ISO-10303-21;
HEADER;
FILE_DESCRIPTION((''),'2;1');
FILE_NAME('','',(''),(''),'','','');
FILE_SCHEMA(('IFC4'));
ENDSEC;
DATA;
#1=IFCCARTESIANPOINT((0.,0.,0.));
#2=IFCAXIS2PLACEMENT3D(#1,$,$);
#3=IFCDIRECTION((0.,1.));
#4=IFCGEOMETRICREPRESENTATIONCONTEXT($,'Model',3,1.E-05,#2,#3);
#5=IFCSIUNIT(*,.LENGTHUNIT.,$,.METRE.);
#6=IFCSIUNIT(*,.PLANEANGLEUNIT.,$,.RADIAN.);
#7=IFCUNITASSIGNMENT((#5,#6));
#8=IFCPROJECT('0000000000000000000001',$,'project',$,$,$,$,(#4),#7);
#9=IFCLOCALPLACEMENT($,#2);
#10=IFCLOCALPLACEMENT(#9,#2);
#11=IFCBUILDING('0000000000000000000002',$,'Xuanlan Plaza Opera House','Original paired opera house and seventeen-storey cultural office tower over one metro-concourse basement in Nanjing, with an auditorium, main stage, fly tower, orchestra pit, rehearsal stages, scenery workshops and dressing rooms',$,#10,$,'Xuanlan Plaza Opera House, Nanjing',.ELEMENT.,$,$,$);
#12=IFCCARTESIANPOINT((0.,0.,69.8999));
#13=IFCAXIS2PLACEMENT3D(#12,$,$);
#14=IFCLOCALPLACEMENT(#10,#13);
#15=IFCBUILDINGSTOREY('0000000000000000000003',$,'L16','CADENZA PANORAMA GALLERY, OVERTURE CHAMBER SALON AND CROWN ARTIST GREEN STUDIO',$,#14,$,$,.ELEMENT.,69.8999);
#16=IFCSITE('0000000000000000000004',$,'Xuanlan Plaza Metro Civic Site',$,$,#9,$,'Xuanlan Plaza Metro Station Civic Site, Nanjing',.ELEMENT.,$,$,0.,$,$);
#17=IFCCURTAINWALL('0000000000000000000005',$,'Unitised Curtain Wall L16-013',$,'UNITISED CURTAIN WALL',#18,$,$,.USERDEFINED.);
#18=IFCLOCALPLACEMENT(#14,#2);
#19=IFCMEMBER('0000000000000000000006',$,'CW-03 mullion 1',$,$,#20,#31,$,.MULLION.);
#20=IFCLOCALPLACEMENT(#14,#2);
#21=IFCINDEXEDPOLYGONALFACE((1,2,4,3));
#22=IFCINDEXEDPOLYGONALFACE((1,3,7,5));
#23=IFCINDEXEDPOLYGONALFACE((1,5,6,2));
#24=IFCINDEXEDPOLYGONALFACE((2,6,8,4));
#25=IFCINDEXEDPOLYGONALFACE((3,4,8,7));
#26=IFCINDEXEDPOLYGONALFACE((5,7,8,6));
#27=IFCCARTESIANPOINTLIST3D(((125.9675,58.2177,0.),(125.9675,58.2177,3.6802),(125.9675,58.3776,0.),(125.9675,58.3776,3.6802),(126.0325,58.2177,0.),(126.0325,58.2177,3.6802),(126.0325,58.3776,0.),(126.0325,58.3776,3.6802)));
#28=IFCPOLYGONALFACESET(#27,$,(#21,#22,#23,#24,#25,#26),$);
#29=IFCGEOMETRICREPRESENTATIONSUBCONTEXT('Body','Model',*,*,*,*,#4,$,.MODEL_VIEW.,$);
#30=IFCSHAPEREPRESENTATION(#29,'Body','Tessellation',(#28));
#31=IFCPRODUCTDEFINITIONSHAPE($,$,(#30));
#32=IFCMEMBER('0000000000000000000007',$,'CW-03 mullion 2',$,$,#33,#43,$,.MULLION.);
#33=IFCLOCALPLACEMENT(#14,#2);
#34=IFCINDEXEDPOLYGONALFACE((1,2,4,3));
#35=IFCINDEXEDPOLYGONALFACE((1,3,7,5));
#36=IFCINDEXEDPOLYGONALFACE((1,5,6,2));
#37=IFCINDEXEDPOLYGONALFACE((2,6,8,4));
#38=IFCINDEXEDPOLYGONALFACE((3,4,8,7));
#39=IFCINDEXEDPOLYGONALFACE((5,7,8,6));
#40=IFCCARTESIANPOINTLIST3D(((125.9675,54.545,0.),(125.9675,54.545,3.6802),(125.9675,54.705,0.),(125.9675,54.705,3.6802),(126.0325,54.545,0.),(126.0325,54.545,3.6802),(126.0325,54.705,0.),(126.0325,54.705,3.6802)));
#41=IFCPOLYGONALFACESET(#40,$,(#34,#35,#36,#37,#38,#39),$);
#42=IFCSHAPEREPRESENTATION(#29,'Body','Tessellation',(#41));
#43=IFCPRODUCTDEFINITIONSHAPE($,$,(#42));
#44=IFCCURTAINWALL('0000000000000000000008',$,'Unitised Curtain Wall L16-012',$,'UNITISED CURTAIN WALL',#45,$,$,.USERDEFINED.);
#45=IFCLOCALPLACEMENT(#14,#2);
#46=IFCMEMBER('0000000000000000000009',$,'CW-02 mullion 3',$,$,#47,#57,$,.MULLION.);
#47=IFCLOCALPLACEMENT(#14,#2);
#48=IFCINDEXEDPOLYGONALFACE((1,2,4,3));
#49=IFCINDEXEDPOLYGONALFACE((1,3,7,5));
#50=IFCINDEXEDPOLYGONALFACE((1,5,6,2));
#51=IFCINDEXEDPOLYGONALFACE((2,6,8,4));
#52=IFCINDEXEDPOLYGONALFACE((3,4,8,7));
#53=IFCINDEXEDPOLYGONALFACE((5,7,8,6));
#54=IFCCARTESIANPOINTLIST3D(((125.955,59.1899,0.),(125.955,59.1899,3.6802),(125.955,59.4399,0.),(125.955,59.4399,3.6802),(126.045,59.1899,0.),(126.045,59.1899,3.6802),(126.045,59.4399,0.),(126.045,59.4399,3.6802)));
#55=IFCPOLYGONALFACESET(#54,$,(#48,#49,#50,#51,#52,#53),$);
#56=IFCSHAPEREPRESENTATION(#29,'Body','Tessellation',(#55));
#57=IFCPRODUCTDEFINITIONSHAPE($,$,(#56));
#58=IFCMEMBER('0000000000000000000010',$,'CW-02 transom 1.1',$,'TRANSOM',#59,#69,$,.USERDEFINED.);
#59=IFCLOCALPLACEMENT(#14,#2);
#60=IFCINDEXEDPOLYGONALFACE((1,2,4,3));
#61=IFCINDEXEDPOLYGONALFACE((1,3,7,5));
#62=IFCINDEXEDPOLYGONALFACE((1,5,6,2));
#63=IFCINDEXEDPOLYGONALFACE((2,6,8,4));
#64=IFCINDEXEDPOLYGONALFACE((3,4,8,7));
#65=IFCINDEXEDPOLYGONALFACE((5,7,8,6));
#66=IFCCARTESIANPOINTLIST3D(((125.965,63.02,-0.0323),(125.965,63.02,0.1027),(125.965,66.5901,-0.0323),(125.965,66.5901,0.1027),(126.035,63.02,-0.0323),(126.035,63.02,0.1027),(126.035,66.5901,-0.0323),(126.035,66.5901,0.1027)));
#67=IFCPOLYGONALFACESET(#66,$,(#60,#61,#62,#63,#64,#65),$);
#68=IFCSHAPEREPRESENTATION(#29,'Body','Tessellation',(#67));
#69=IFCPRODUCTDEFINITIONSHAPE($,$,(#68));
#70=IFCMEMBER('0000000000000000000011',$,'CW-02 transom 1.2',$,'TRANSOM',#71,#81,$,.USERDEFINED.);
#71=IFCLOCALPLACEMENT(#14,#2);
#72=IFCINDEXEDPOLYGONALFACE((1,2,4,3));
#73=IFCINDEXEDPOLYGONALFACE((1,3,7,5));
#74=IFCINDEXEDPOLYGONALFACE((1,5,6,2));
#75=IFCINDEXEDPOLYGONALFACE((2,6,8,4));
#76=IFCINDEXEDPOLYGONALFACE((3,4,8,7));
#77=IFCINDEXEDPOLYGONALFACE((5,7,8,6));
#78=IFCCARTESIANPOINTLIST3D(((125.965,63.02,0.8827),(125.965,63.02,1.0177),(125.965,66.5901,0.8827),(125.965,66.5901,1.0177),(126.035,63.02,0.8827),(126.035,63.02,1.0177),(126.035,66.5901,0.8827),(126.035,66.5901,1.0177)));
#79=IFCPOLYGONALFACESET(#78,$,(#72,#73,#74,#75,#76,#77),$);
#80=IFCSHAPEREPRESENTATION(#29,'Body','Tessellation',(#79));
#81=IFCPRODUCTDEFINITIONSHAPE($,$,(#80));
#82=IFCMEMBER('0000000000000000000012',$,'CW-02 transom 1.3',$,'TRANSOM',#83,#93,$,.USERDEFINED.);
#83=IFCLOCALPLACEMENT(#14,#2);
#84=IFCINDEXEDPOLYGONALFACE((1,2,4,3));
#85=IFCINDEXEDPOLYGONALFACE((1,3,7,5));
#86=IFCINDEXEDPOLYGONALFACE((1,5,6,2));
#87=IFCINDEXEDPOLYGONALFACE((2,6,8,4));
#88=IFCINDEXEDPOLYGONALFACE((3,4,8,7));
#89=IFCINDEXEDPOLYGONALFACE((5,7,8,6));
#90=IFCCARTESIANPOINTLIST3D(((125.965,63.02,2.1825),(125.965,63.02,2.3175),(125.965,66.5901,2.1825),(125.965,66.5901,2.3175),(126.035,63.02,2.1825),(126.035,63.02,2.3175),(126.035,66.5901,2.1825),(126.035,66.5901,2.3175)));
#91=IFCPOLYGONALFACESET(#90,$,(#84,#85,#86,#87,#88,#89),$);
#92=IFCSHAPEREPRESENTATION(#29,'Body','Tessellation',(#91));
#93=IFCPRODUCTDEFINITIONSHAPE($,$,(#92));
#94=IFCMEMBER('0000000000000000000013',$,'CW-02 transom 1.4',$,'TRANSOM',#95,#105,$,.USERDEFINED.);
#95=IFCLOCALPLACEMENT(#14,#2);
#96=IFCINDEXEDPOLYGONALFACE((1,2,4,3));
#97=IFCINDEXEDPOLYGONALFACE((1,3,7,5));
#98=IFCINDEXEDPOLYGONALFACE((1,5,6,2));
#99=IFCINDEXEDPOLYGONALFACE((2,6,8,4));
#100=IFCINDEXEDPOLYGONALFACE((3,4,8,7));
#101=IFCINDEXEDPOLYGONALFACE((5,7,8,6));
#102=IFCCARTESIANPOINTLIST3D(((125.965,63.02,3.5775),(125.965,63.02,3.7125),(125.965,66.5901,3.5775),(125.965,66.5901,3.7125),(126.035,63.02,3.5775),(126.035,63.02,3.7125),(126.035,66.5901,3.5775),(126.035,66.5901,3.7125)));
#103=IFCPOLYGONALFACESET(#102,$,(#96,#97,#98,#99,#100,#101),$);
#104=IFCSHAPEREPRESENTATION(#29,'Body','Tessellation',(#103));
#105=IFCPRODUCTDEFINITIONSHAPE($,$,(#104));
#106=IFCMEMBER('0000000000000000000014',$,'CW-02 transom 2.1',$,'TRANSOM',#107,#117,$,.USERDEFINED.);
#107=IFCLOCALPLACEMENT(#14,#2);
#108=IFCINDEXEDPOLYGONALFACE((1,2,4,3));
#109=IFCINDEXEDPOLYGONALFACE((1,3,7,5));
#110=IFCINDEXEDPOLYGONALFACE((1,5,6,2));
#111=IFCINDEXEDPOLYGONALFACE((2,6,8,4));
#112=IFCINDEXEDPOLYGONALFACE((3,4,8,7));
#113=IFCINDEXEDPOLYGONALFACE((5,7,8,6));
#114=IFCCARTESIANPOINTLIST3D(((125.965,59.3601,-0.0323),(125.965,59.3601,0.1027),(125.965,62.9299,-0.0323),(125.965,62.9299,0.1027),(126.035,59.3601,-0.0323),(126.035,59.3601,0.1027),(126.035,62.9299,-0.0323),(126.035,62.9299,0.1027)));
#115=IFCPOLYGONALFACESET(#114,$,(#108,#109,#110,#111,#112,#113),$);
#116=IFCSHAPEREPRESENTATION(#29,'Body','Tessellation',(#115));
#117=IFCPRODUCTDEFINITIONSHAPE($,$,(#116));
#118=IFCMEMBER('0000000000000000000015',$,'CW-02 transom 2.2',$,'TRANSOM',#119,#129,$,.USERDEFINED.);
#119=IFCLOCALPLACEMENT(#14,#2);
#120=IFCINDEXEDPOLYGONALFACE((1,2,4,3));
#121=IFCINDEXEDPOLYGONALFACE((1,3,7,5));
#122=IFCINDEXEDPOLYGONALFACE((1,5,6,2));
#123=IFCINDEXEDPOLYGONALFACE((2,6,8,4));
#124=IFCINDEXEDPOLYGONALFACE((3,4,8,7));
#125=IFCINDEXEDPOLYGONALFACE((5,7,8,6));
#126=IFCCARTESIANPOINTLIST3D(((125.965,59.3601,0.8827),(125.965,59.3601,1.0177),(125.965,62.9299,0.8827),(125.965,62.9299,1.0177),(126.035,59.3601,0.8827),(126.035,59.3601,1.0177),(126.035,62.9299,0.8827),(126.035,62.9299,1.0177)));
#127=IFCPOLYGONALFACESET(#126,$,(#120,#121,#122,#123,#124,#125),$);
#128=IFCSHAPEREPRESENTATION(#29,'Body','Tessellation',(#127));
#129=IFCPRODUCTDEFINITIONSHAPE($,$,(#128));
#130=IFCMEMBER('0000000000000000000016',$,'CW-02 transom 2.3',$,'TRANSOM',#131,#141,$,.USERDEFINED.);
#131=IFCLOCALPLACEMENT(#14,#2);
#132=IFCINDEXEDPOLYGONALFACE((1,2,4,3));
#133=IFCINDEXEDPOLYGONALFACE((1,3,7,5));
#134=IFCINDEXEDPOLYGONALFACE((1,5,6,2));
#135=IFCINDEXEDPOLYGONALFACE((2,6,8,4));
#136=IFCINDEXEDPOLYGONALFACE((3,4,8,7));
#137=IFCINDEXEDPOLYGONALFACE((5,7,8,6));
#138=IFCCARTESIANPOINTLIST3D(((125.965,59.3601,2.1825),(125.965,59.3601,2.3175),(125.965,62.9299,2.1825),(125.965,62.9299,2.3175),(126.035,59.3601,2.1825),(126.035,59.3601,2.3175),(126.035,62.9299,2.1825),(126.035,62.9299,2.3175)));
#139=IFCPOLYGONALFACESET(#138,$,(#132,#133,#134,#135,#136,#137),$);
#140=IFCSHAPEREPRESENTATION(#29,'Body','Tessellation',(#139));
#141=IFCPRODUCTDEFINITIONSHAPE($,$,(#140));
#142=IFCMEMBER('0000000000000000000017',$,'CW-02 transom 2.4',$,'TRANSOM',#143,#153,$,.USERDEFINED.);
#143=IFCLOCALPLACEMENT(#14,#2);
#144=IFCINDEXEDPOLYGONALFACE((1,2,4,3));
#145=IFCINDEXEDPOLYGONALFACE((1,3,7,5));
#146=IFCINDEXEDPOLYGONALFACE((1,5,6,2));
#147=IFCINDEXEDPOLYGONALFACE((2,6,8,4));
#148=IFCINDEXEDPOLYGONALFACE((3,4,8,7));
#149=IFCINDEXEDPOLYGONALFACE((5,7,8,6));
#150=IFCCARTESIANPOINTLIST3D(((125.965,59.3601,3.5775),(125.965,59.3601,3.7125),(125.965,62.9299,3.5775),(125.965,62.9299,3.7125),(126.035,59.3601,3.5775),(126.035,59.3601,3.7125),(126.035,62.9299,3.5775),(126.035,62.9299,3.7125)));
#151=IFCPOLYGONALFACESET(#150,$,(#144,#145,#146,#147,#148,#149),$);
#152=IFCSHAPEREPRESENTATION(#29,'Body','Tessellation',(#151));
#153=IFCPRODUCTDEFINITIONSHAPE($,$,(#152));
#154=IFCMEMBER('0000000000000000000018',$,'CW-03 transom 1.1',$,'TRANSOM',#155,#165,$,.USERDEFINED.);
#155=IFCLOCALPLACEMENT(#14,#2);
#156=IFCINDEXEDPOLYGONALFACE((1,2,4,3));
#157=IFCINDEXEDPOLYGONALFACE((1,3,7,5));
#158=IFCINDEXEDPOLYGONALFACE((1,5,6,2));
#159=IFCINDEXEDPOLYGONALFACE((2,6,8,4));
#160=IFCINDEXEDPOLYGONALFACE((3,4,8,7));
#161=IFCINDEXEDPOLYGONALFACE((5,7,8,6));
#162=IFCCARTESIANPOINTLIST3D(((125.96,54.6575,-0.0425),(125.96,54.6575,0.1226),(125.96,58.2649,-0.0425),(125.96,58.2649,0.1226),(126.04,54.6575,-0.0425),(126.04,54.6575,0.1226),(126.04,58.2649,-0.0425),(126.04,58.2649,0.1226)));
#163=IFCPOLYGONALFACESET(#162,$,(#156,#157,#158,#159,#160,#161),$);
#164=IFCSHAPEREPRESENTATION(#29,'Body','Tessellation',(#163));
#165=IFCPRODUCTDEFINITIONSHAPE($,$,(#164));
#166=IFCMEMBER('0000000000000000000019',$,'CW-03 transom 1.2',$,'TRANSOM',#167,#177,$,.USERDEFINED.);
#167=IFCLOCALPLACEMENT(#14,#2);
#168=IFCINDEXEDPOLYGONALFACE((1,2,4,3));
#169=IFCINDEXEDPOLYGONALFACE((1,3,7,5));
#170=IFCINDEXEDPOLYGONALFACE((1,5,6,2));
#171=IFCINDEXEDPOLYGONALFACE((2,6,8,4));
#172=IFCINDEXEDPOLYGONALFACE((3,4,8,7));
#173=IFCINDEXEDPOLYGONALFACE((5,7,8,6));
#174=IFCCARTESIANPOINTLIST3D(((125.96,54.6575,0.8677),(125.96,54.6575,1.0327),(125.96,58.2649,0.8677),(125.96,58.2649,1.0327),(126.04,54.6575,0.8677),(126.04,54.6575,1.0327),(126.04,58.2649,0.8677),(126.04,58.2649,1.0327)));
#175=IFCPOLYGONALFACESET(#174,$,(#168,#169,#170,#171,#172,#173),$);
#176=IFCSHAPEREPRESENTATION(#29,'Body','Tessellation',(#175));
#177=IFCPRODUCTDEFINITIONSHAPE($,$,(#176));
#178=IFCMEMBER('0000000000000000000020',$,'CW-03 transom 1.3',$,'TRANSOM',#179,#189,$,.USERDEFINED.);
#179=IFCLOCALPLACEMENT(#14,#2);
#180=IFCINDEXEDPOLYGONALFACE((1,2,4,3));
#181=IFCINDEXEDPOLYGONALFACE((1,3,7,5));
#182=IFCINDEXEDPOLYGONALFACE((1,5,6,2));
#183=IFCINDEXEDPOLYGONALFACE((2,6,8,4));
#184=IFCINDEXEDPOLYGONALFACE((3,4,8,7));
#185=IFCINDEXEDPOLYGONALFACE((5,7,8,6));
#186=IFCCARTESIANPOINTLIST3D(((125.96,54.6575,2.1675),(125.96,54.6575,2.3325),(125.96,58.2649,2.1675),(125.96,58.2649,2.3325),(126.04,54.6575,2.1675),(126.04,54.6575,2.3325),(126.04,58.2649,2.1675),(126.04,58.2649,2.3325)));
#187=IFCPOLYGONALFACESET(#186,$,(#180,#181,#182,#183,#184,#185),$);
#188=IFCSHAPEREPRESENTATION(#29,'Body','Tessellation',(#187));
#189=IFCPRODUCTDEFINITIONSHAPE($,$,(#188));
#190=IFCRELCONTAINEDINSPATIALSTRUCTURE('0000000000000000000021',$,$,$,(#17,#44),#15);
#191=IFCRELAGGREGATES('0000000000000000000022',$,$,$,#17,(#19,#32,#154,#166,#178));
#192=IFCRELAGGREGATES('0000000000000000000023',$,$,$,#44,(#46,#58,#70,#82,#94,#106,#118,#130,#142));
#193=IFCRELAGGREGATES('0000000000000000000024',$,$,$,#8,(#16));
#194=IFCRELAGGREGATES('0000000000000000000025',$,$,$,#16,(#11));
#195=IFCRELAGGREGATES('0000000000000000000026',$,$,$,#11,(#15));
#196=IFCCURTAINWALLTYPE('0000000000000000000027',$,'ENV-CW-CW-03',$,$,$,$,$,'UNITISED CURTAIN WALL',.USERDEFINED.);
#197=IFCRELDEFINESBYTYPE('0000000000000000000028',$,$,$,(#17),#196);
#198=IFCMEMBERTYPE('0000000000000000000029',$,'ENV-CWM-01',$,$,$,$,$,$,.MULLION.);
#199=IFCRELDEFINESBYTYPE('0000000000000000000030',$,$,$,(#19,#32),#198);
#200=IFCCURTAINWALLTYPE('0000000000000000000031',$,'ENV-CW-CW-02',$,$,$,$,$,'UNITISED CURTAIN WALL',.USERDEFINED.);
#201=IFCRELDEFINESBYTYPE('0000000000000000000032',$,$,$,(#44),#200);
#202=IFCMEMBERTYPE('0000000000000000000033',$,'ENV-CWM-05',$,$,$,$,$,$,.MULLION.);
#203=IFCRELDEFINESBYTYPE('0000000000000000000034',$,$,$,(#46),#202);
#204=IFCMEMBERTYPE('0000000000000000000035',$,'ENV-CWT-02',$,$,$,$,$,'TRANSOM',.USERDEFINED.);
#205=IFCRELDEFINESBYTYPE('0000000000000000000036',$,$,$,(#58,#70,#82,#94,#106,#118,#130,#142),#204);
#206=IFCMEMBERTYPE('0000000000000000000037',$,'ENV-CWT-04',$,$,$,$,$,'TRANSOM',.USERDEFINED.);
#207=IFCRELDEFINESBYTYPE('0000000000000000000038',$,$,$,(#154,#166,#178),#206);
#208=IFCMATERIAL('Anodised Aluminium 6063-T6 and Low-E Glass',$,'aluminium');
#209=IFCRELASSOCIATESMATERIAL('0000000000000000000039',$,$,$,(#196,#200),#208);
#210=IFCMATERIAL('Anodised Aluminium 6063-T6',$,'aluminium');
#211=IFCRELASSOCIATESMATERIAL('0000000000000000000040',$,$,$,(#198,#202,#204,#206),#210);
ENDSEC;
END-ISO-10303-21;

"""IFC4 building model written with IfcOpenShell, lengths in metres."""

from ifc_helpers import new_model, si_unit, direction, frame, origin, origin_2d, place, context, subcontext, project, spatial, rectangle, extrude, material, material_profile, profile_set, type_object, element, aggregate, save


model = new_model("IFC4")

# Units and contexts
model_context = context("Model", 3, precision=1e-05, world=origin(), true_north=direction((0.0, 1.0)))
body_context = subcontext(model_context, "Body", "Model", "MODEL_VIEW")
ifc_project = project(units=[si_unit("LENGTHUNIT", "METRE"), si_unit("PLANEANGLEUNIT", "RADIAN")], contexts=[model_context])

# Site, building, storey
site_placement = place(None, origin())
site = spatial("IfcSite", under=ifc_project, at=site_placement, Name="Xuanlan Plaza Metro Civic Site", LongName="Xuanlan Plaza Metro Station Civic Site, Nanjing", CompositionType="ELEMENT", RefElevation=0.0)
building_placement = place(site_placement, origin())
building = spatial("IfcBuilding", under=site, at=building_placement, Name="Xuanlan Plaza Opera House", Description="Original paired opera house and seventeen-storey cultural office tower over one metro-concourse basement in Nanjing, with an auditorium, main stage, fly tower, orchestra pit, rehearsal stages, scenery workshops and dressing rooms", LongName="Xuanlan Plaza Opera House, Nanjing", CompositionType="ELEMENT")
storey_placement = place(building_placement, frame((0.0, 0.0, 69.8999)))
storey = spatial("IfcBuildingStorey", under=building, at=storey_placement, Name="L16", Description="CADENZA PANORAMA GALLERY, OVERTURE CHAMBER SALON AND CROWN ARTIST GREEN STUDIO", CompositionType="ELEMENT", Elevation=69.8999)

# Curtain walls, members
ifc_material_1 = material(Name="Anodised Aluminium 6063-T6 and Low-E Glass", Category="aluminium")
curtain_wall_type_1 = type_object("IfcCurtainWallType", Name="ENV-CW-CW-03", ElementType="UNITISED CURTAIN WALL", PredefinedType="USERDEFINED", material=ifc_material_1)
curtain_wall_1_placement = place(storey_placement, origin())
curtain_wall_1 = element("IfcCurtainWall", 1, at=curtain_wall_1_placement, inside=storey, type_object=curtain_wall_type_1, Name="Unitised Curtain Wall L16-013", ObjectType="UNITISED CURTAIN WALL", PredefinedType="USERDEFINED")
ifc_material_2 = material(Name="Anodised Aluminium 6063-T6", Category="aluminium")
ifc_material_profile_1 = material_profile(ifc_material_2, rectangle(XDim=0.0649, YDim=0.1599, at=origin_2d()), Name="ALU-M 65x160")
ifc_profile_set_1 = profile_set([ifc_material_profile_1], Name="Anodised Aluminium 6063-T6")
member_type_1 = type_object("IfcMemberType", Name="ENV-CWM-01", PredefinedType="MULLION", material=ifc_profile_set_1)
member_1_placement = place(storey_placement, frame((126.0, 58.2976, 0.0), z_axis=(0.0, 0.0, 1.0), x_axis=(1.0, 0.0, 0.0)))
member_1 = element("IfcMember", 2, at=member_1_placement, type_object=member_type_1, Name="CW-03 mullion 1", PredefinedType="MULLION", context=body_context, shape_type="SweptSolid", body=[
    extrude(rectangle(XDim=0.0649, YDim=0.1599, at=origin_2d()), origin(), (0.0, 0.0, 1.0), 3.6802),
])
member_2_placement = place(storey_placement, frame((126.0, 54.625, 0.0), z_axis=(0.0, 0.0, 1.0), x_axis=(1.0, 0.0, 0.0)))
member_2 = element("IfcMember", 3, at=member_2_placement, type_object=member_type_1, Name="CW-03 mullion 2", PredefinedType="MULLION", context=body_context, shape_type="SweptSolid", body=[
    extrude(rectangle(XDim=0.0649, YDim=0.1599, at=origin_2d()), origin(), (0.0, 0.0, 1.0), 3.6802),
])
curtain_wall_type_2 = type_object("IfcCurtainWallType", Name="ENV-CW-CW-02", ElementType="UNITISED CURTAIN WALL", PredefinedType="USERDEFINED", material=ifc_material_1)
curtain_wall_2_placement = place(storey_placement, origin())
curtain_wall_2 = element("IfcCurtainWall", 4, at=curtain_wall_2_placement, inside=storey, type_object=curtain_wall_type_2, Name="Unitised Curtain Wall L16-012", ObjectType="UNITISED CURTAIN WALL", PredefinedType="USERDEFINED")
ifc_material_profile_2 = material_profile(ifc_material_2, rectangle(XDim=0.0901, YDim=0.25, at=origin_2d()), Name="ALU-M 90x250")
ifc_profile_set_2 = profile_set([ifc_material_profile_2], Name="Anodised Aluminium 6063-T6")
member_type_2 = type_object("IfcMemberType", Name="ENV-CWM-05", PredefinedType="MULLION", material=ifc_profile_set_2)
member_3_placement = place(storey_placement, frame((126.0, 59.3149, 0.0), z_axis=(0.0, 0.0, 1.0), x_axis=(1.0, 0.0, 0.0)))
member_3 = element("IfcMember", 5, at=member_3_placement, type_object=member_type_2, Name="CW-02 mullion 3", PredefinedType="MULLION", context=body_context, shape_type="SweptSolid", body=[
    extrude(rectangle(XDim=0.0901, YDim=0.25, at=origin_2d()), origin(), (0.0, 0.0, 1.0), 3.6802),
])
ifc_material_profile_3 = material_profile(ifc_material_2, rectangle(XDim=0.0701, YDim=0.135, at=origin_2d()), Name="ALU-T 70x135")
ifc_profile_set_3 = profile_set([ifc_material_profile_3], Name="Anodised Aluminium 6063-T6")
member_type_3 = type_object("IfcMemberType", Name="ENV-CWT-02", ElementType="TRANSOM", PredefinedType="USERDEFINED", material=ifc_profile_set_3)
member_4_placement = place(storey_placement, frame((126.0, 66.5901, 0.0352), z_axis=(0.0, -1.0, 0.0), x_axis=(1.0, 0.0, 0.0)))
member_4 = element("IfcMember", 6, at=member_4_placement, type_object=member_type_3, Name="CW-02 transom 1.1", ObjectType="TRANSOM", PredefinedType="USERDEFINED", context=body_context, shape_type="SweptSolid", body=[
    extrude(rectangle(XDim=0.0701, YDim=0.135, at=origin_2d()), origin(), (0.0, 0.0, 1.0), 3.5701),
])
member_5_placement = place(storey_placement, frame((126.0, 66.5901, 0.9502), z_axis=(0.0, -1.0, 0.0), x_axis=(1.0, 0.0, 0.0)))
member_5 = element("IfcMember", 7, at=member_5_placement, type_object=member_type_3, Name="CW-02 transom 1.2", ObjectType="TRANSOM", PredefinedType="USERDEFINED", context=body_context, shape_type="SweptSolid", body=[
    extrude(rectangle(XDim=0.0701, YDim=0.135, at=origin_2d()), origin(), (0.0, 0.0, 1.0), 3.5701),
])
member_6_placement = place(storey_placement, frame((126.0, 66.5901, 2.25), z_axis=(0.0, -1.0, 0.0), x_axis=(1.0, 0.0, 0.0)))
member_6 = element("IfcMember", 8, at=member_6_placement, type_object=member_type_3, Name="CW-02 transom 1.3", ObjectType="TRANSOM", PredefinedType="USERDEFINED", context=body_context, shape_type="SweptSolid", body=[
    extrude(rectangle(XDim=0.0701, YDim=0.135, at=origin_2d()), origin(), (0.0, 0.0, 1.0), 3.5701),
])
member_7_placement = place(storey_placement, frame((126.0, 66.5901, 3.645), z_axis=(0.0, -1.0, 0.0), x_axis=(1.0, 0.0, 0.0)))
member_7 = element("IfcMember", 9, at=member_7_placement, type_object=member_type_3, Name="CW-02 transom 1.4", ObjectType="TRANSOM", PredefinedType="USERDEFINED", context=body_context, shape_type="SweptSolid", body=[
    extrude(rectangle(XDim=0.0701, YDim=0.135, at=origin_2d()), origin(), (0.0, 0.0, 1.0), 3.5701),
])
member_8_placement = place(storey_placement, frame((126.0, 62.9299, 0.0352), z_axis=(0.0, -1.0, 0.0), x_axis=(1.0, 0.0, 0.0)))
member_8 = element("IfcMember", 10, at=member_8_placement, type_object=member_type_3, Name="CW-02 transom 2.1", ObjectType="TRANSOM", PredefinedType="USERDEFINED", context=body_context, shape_type="SweptSolid", body=[
    extrude(rectangle(XDim=0.0701, YDim=0.135, at=origin_2d()), origin(), (0.0, 0.0, 1.0), 3.5698),
])
member_9_placement = place(storey_placement, frame((126.0, 62.9299, 0.9502), z_axis=(0.0, -1.0, 0.0), x_axis=(1.0, 0.0, 0.0)))
member_9 = element("IfcMember", 11, at=member_9_placement, type_object=member_type_3, Name="CW-02 transom 2.2", ObjectType="TRANSOM", PredefinedType="USERDEFINED", context=body_context, shape_type="SweptSolid", body=[
    extrude(rectangle(XDim=0.0701, YDim=0.135, at=origin_2d()), origin(), (0.0, 0.0, 1.0), 3.5698),
])
member_10_placement = place(storey_placement, frame((126.0, 62.9299, 2.25), z_axis=(0.0, -1.0, 0.0), x_axis=(1.0, 0.0, 0.0)))
member_10 = element("IfcMember", 12, at=member_10_placement, type_object=member_type_3, Name="CW-02 transom 2.3", ObjectType="TRANSOM", PredefinedType="USERDEFINED", context=body_context, shape_type="SweptSolid", body=[
    extrude(rectangle(XDim=0.0701, YDim=0.135, at=origin_2d()), origin(), (0.0, 0.0, 1.0), 3.5698),
])
member_11_placement = place(storey_placement, frame((126.0, 62.9299, 3.645), z_axis=(0.0, -1.0, 0.0), x_axis=(1.0, 0.0, 0.0)))
member_11 = element("IfcMember", 13, at=member_11_placement, type_object=member_type_3, Name="CW-02 transom 2.4", ObjectType="TRANSOM", PredefinedType="USERDEFINED", context=body_context, shape_type="SweptSolid", body=[
    extrude(rectangle(XDim=0.0701, YDim=0.135, at=origin_2d()), origin(), (0.0, 0.0, 1.0), 3.5698),
])

# Members
ifc_material_profile_4 = material_profile(ifc_material_2, rectangle(XDim=0.0801, YDim=0.165, at=origin_2d()), Name="ALU-T 80x165")
ifc_profile_set_4 = profile_set([ifc_material_profile_4], Name="Anodised Aluminium 6063-T6")
member_type_4 = type_object("IfcMemberType", Name="ENV-CWT-04", ElementType="TRANSOM", PredefinedType="USERDEFINED", material=ifc_profile_set_4)
member_12_placement = place(storey_placement, frame((126.0, 58.2649, 0.04), z_axis=(0.0, -1.0, 0.0), x_axis=(1.0, 0.0, 0.0)))
member_12 = element("IfcMember", 14, at=member_12_placement, type_object=member_type_4, Name="CW-03 transom 1.1", ObjectType="TRANSOM", PredefinedType="USERDEFINED", context=body_context, shape_type="SweptSolid", body=[
    extrude(rectangle(XDim=0.0801, YDim=0.165, at=origin_2d()), origin(), (0.0, 0.0, 1.0), 3.6074),
])
member_13_placement = place(storey_placement, frame((126.0, 58.2649, 0.9502), z_axis=(0.0, -1.0, 0.0), x_axis=(1.0, 0.0, 0.0)))
member_13 = element("IfcMember", 15, at=member_13_placement, type_object=member_type_4, Name="CW-03 transom 1.2", ObjectType="TRANSOM", PredefinedType="USERDEFINED", context=body_context, shape_type="SweptSolid", body=[
    extrude(rectangle(XDim=0.0801, YDim=0.165, at=origin_2d()), origin(), (0.0, 0.0, 1.0), 3.6074),
])
member_14_placement = place(storey_placement, frame((126.0, 58.2649, 2.25), z_axis=(0.0, -1.0, 0.0), x_axis=(1.0, 0.0, 0.0)))
member_14 = element("IfcMember", 16, at=member_14_placement, type_object=member_type_4, Name="CW-03 transom 1.3", ObjectType="TRANSOM", PredefinedType="USERDEFINED", context=body_context, shape_type="SweptSolid", body=[
    extrude(rectangle(XDim=0.0801, YDim=0.165, at=origin_2d()), origin(), (0.0, 0.0, 1.0), 3.6074),
])

aggregate(curtain_wall_1, [member_1, member_2, member_12, member_13, member_14])
aggregate(curtain_wall_2, [member_3, member_4, member_5, member_6, member_7, member_8, member_9, member_10, member_11])

save(model, "model.ifc")
